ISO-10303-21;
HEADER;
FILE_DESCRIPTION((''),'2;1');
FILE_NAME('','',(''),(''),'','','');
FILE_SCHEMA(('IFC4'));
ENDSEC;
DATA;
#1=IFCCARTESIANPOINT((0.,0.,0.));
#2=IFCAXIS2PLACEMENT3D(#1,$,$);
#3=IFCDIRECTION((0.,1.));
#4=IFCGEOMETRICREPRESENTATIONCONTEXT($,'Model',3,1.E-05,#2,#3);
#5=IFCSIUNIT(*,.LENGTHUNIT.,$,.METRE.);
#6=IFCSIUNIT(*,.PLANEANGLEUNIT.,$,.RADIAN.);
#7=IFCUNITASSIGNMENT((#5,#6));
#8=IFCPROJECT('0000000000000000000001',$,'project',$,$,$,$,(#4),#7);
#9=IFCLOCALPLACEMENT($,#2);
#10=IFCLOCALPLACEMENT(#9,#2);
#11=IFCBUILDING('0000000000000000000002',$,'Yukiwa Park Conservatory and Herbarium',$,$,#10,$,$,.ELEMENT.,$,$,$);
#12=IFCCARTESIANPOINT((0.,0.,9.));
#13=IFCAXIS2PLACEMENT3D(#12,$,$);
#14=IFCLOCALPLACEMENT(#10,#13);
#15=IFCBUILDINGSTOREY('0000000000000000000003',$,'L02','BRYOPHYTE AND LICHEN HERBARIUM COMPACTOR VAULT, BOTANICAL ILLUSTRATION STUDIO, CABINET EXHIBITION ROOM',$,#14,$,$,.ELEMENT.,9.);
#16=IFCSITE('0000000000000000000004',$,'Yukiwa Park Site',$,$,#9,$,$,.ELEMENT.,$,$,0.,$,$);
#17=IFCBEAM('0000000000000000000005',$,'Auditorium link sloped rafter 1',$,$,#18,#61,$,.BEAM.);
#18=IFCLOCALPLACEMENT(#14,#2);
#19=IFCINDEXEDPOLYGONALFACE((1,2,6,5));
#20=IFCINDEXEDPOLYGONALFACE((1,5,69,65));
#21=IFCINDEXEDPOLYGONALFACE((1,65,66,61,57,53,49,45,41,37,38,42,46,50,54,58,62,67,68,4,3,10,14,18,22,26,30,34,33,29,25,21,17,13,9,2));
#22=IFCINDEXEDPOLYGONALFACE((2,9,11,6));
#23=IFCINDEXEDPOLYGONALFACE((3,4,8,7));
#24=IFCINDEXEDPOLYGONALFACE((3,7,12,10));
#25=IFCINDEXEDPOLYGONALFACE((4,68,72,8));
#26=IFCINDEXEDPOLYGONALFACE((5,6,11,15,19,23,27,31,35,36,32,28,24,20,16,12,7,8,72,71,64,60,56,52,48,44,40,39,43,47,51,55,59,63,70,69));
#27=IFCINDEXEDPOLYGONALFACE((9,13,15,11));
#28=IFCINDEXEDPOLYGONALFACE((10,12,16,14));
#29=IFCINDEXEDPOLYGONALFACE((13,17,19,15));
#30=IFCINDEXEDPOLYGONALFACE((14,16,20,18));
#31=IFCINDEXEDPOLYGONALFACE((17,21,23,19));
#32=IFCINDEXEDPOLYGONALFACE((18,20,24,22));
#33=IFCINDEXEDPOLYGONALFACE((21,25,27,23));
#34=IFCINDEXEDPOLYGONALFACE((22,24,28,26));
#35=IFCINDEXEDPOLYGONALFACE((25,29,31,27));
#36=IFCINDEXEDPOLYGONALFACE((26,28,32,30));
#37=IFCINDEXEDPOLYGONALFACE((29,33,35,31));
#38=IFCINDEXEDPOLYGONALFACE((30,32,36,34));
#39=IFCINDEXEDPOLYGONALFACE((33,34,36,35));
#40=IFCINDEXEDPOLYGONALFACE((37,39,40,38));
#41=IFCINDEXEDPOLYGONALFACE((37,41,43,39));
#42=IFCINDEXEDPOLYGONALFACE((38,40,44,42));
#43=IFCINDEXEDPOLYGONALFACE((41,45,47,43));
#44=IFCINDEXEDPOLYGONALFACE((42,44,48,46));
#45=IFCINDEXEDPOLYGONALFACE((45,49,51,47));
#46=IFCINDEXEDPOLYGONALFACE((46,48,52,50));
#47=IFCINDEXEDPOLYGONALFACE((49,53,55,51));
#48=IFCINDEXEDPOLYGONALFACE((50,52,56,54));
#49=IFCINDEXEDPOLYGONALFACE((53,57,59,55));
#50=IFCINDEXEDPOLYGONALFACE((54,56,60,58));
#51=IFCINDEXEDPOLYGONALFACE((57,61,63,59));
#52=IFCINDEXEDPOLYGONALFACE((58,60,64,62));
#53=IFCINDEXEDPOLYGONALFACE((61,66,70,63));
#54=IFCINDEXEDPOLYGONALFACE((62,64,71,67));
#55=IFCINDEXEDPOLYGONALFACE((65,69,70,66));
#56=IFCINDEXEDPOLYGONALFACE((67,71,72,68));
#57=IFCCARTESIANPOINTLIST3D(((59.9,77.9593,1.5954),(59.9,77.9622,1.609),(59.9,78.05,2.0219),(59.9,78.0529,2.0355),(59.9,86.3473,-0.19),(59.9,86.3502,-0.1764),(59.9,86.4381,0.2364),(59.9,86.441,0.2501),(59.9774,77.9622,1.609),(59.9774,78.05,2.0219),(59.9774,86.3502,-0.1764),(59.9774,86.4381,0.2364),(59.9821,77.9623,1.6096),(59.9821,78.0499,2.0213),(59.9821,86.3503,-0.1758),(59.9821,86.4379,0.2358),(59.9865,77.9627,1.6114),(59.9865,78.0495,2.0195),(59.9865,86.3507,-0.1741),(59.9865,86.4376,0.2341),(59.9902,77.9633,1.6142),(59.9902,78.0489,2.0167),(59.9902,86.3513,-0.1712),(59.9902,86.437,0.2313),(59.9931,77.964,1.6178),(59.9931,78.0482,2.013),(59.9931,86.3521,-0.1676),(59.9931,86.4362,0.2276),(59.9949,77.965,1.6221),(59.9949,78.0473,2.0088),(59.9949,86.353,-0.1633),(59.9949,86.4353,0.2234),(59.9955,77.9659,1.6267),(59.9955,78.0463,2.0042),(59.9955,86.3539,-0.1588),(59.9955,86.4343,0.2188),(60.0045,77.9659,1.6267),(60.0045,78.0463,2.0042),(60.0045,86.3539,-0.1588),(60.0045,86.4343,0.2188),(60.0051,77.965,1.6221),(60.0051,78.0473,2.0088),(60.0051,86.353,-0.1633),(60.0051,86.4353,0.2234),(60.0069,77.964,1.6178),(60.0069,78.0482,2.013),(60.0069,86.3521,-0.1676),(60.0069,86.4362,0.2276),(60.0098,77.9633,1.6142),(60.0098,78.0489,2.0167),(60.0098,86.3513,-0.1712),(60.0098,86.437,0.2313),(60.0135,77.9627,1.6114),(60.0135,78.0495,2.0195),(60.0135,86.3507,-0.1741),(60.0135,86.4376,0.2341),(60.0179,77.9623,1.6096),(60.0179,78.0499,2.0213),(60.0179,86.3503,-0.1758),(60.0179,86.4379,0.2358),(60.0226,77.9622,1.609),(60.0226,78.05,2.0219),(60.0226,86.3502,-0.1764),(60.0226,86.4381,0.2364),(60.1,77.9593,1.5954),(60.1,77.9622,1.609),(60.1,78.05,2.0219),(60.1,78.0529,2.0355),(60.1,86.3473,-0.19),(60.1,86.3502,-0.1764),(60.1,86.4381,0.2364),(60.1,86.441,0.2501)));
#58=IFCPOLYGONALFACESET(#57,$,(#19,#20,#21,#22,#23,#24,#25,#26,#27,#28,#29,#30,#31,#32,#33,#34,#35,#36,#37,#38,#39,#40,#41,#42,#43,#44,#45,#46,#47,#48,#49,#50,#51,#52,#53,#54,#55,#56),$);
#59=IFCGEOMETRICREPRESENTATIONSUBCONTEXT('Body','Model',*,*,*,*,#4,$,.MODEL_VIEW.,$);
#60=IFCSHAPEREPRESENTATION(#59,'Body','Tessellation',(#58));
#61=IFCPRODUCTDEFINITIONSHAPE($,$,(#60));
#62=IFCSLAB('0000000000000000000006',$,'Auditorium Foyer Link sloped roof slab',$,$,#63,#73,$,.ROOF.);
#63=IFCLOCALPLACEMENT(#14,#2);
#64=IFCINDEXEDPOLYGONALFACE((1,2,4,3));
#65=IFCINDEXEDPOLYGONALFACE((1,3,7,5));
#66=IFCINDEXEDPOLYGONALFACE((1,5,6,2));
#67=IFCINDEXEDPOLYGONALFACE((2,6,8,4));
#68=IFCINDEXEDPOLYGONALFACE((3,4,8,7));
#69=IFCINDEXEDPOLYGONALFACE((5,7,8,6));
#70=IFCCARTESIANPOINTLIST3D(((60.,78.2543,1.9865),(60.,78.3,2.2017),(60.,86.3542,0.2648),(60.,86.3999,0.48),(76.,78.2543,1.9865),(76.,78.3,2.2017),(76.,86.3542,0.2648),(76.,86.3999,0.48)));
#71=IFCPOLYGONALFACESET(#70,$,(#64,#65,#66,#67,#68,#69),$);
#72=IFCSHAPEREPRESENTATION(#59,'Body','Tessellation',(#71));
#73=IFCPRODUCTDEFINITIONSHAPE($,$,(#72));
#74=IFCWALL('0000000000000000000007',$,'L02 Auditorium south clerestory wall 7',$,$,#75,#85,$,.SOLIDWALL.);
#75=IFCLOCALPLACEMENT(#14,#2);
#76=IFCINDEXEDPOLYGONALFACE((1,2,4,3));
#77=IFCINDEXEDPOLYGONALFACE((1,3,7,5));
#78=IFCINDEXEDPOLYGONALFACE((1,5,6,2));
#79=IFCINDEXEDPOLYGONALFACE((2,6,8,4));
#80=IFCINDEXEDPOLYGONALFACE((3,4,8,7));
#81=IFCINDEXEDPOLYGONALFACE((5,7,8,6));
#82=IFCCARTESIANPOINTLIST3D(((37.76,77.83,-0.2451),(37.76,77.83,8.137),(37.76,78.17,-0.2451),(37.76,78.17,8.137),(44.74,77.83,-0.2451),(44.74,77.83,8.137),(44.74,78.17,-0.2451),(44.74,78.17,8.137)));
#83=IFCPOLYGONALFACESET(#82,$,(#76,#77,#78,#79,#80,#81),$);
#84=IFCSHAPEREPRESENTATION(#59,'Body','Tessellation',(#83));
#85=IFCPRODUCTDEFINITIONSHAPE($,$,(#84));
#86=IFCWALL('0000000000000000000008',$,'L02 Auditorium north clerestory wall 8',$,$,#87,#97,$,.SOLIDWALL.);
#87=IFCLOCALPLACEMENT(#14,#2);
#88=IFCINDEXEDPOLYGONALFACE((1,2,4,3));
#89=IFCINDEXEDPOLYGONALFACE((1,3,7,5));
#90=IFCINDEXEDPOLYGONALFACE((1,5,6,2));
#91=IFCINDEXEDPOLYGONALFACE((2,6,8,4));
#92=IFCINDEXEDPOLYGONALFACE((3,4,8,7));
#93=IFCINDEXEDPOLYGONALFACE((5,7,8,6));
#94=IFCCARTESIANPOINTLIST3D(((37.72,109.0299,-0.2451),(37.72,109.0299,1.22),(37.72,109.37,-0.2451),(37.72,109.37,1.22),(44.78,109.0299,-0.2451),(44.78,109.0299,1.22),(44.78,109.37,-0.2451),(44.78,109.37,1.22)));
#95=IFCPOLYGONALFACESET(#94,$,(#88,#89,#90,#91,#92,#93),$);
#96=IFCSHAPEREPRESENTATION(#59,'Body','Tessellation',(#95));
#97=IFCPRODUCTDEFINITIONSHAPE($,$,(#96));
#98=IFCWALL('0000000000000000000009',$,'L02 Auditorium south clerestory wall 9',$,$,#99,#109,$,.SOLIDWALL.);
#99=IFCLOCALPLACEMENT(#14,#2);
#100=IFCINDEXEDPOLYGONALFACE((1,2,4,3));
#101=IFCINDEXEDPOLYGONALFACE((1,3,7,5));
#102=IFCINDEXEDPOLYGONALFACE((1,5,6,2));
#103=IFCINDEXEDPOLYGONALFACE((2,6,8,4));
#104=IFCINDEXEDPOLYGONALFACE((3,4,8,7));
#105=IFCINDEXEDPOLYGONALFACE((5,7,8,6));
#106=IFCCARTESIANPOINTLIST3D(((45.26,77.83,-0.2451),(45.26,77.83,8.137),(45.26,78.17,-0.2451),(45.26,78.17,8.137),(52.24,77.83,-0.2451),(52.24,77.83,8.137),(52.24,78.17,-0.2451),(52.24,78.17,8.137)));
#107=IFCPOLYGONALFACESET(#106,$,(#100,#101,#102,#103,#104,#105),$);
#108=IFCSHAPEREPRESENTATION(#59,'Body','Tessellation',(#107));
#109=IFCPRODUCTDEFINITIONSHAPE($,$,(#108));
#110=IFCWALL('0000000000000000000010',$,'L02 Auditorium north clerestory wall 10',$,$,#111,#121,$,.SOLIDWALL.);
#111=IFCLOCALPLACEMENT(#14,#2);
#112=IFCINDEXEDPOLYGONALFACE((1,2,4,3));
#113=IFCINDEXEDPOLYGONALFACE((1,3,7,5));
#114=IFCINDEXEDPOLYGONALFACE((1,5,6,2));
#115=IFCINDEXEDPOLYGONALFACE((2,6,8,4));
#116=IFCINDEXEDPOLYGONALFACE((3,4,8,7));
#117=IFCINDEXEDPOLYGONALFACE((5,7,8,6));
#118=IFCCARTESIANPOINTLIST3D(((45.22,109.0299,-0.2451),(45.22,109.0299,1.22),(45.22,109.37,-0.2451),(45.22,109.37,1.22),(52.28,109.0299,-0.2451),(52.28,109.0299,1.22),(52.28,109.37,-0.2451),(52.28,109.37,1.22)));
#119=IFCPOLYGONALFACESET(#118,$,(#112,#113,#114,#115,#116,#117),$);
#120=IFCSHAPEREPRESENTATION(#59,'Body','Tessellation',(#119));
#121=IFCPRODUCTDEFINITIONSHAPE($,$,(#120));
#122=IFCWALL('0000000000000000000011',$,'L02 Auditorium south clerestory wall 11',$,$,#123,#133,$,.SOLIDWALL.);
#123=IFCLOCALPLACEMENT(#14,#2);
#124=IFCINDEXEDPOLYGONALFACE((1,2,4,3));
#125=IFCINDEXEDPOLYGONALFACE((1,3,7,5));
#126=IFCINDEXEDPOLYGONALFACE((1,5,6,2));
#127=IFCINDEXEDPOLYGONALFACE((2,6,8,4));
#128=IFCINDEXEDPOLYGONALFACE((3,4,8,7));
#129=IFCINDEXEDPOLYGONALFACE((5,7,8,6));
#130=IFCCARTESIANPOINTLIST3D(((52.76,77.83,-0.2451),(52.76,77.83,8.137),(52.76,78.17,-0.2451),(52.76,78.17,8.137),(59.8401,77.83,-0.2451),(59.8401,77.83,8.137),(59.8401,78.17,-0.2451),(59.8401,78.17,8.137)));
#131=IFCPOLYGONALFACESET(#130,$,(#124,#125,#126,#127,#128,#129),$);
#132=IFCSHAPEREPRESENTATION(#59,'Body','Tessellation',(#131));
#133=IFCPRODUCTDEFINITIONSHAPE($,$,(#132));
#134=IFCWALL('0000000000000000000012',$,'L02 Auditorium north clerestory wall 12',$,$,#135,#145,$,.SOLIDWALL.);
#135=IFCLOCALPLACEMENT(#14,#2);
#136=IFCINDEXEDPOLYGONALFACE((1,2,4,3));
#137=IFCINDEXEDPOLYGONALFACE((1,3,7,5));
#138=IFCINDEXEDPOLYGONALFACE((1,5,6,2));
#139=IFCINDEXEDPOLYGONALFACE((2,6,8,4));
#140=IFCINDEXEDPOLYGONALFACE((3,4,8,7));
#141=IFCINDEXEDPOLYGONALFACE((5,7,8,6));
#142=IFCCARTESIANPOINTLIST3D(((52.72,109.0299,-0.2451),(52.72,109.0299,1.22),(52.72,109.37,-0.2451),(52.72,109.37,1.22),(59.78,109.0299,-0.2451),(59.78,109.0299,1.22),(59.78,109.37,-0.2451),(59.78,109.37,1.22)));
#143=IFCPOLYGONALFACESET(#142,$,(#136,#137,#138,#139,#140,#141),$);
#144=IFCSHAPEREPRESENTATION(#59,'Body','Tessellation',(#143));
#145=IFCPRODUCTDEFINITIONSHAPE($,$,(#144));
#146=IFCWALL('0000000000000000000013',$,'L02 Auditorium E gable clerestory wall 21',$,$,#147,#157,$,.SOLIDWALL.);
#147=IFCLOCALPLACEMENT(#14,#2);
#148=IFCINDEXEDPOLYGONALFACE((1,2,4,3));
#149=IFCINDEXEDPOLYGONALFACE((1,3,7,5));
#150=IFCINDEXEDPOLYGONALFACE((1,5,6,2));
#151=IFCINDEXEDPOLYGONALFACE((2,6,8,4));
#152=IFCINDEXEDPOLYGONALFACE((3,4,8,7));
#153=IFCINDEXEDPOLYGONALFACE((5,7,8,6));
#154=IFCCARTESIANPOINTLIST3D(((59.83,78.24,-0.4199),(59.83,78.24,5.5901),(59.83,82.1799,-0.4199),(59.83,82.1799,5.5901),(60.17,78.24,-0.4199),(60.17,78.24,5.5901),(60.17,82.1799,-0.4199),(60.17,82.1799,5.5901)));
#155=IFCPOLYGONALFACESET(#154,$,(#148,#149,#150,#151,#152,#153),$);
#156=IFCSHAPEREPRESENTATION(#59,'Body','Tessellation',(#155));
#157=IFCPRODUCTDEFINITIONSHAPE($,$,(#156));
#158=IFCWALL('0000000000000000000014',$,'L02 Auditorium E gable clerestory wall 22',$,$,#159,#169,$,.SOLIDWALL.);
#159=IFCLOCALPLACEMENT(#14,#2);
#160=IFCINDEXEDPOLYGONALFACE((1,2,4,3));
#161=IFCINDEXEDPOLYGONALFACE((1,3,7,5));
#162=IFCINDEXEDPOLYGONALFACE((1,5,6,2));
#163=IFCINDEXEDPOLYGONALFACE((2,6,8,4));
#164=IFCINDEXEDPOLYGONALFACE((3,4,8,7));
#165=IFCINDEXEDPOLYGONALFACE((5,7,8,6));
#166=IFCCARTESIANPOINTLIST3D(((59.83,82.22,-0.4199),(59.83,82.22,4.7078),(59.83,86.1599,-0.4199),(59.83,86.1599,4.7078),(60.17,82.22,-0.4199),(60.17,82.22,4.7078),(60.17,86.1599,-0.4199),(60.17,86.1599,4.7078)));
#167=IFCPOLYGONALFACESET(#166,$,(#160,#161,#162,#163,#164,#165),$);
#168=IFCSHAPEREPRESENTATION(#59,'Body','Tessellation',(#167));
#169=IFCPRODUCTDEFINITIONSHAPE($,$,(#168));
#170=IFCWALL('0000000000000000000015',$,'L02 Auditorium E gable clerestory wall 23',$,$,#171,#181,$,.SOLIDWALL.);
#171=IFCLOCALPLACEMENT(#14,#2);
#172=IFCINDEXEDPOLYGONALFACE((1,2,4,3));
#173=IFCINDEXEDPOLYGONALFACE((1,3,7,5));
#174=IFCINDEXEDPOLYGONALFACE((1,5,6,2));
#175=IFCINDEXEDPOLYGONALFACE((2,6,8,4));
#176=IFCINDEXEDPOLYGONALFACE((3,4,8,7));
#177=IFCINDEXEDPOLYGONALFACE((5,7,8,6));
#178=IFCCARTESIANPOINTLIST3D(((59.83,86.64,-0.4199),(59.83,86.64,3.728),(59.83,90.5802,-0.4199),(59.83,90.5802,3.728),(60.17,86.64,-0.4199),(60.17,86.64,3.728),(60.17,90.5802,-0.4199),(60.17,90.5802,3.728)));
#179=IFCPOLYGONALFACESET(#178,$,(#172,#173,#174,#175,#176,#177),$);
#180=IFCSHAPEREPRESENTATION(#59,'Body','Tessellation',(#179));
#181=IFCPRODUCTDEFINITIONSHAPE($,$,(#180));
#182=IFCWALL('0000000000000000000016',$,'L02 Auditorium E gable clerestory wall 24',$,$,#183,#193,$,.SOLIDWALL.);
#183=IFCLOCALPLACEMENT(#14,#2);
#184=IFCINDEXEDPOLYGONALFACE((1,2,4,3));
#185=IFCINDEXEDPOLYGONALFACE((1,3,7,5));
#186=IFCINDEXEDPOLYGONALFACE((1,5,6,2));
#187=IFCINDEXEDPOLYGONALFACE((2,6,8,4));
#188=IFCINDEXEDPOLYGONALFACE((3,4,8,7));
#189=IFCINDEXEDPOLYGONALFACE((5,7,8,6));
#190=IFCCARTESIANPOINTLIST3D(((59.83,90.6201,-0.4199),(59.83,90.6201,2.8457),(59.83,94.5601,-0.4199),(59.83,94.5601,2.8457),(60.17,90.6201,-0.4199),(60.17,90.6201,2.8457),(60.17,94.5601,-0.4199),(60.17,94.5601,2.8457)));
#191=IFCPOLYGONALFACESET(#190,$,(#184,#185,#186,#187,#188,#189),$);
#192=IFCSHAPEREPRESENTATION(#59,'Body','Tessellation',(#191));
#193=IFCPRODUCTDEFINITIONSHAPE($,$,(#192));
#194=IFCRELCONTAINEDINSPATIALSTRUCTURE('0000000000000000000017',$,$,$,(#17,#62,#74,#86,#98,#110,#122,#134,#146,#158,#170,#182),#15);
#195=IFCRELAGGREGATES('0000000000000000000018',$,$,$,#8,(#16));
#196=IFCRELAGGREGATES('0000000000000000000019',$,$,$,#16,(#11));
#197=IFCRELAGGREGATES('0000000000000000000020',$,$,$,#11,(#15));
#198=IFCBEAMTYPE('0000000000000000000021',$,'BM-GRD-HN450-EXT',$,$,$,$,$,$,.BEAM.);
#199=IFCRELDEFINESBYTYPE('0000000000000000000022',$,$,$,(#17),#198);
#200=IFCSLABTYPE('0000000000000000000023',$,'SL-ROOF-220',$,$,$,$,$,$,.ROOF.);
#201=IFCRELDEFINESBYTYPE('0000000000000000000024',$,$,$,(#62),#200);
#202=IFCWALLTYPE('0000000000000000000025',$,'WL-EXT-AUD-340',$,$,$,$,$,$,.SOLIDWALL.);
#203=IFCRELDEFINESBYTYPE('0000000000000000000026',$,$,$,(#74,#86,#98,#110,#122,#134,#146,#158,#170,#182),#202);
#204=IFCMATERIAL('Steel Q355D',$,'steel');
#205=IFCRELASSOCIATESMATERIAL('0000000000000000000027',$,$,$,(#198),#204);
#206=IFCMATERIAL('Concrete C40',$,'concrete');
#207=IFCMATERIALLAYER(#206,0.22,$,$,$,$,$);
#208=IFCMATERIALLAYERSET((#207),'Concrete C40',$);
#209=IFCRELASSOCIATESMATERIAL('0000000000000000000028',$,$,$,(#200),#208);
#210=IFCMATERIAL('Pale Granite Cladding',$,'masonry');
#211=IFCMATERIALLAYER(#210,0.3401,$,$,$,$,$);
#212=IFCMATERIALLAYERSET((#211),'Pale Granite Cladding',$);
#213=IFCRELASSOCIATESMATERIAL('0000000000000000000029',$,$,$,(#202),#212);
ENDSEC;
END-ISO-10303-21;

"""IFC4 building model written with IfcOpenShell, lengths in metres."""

from ifc_helpers import new_model, si_unit, direction, frame, frame_2d, origin, origin_2d, place, context, subcontext, project, spatial, polyline, rectangle, i_section, outline, extrude, material, layer, layer_set, material_profile, profile_set, type_object, element, save


model = new_model("IFC4")

# Units and contexts
model_context = context("Model", 3, precision=1e-05, world=origin(), true_north=direction((0.0, 1.0)))
body_context = subcontext(model_context, "Body", "Model", "MODEL_VIEW")
ifc_project = project(units=[si_unit("LENGTHUNIT", "METRE"), si_unit("PLANEANGLEUNIT", "RADIAN")], contexts=[model_context])

# Site, building, storey
site_placement = place(None, origin())
site = spatial("IfcSite", under=ifc_project, at=site_placement, Name="Yukiwa Park Site", CompositionType="ELEMENT", RefElevation=0.0)
building_placement = place(site_placement, origin())
building = spatial("IfcBuilding", under=site, at=building_placement, Name="Yukiwa Park Conservatory and Herbarium", CompositionType="ELEMENT")
storey_placement = place(building_placement, frame((0.0, 0.0, 9.0)))
storey = spatial("IfcBuildingStorey", under=building, at=storey_placement, Name="L02", Description="BRYOPHYTE AND LICHEN HERBARIUM COMPACTOR VAULT, BOTANICAL ILLUSTRATION STUDIO, CABINET EXHIBITION ROOM", CompositionType="ELEMENT", Elevation=9.0)

# Beam
ifc_material_1 = material(Name="Steel Q355D", Category="steel")
ifc_material_profile_1 = material_profile(ifc_material_1, i_section(OverallWidth=0.2, OverallDepth=0.45, WebThickness=0.009, FlangeThickness=0.0139, FilletRadius=0.0181, at=origin_2d()), Name="HN 450x200x9x14")
ifc_profile_set_1 = profile_set([ifc_material_profile_1], Name="Steel Q355D")
beam_type_1 = type_object("IfcBeamType", Name="BM-GRD-HN450-EXT", PredefinedType="BEAM", material=ifc_profile_set_1)
beam_1_placement = place(storey_placement, frame((60.0, 78.0061, 1.8154), z_axis=(0.0, 0.978089, -0.208189), x_axis=(-1.0, 0.0, 0.0)))
element("IfcBeam", 1, at=beam_1_placement, inside=storey, type_object=beam_type_1, Name="Auditorium link sloped rafter 1", PredefinedType="BEAM", context=body_context, shape_type="SweptSolid", body=[
    extrude(i_section(OverallWidth=0.2, OverallDepth=0.45, WebThickness=0.009, FlangeThickness=0.0139, FilletRadius=0.0181, at=origin_2d()), origin(), (0.0, 0.0, 1.0), 8.5759),
])

# Slab
ifc_material_2 = material(Name="Concrete C40", Category="concrete")
ifc_layer_1 = layer(ifc_material_2, 0.22)
ifc_layer_set_1 = layer_set([ifc_layer_1], Name="Concrete C40")
slab_type = type_object("IfcSlabType", Name="SL-ROOF-220", PredefinedType="ROOF", material=ifc_layer_set_1)
slab_placement = place(storey_placement, frame((60.0, 78.3, 2.2017), z_axis=(0.0, 0.207912, 0.978148), x_axis=(1.0, 0.0, 0.0)))
element("IfcSlab", 2, at=slab_placement, inside=storey, type_object=slab_type, Name="Auditorium Foyer Link sloped roof slab", PredefinedType="ROOF", context=body_context, shape_type="SweptSolid", body=[
    extrude(outline(polyline([(0.0, 0.0), (16.0, 0.0), (16.0, 8.2808), (0.0, 8.2808), (0.0, 0.0)])), origin(), (0.0, 0.0, -1.0), 0.22),
])

# Walls
ifc_material_3 = material(Name="Pale Granite Cladding", Category="masonry")
ifc_layer_2 = layer(ifc_material_3, 0.3401)
ifc_layer_set_2 = layer_set([ifc_layer_2], Name="Pale Granite Cladding")
wall_type = type_object("IfcWallType", Name="WL-EXT-AUD-340", PredefinedType="SOLIDWALL", material=ifc_layer_set_2)
wall_1_placement = place(storey_placement, frame((37.76, 78.0, -0.2451), z_axis=(0.0, 0.0, 1.0), x_axis=(1.0, 0.0, 0.0)))
element("IfcWall", 3, at=wall_1_placement, inside=storey, type_object=wall_type, Name="L02 Auditorium south clerestory wall 7", PredefinedType="SOLIDWALL", context=body_context, shape_type="SweptSolid", body=[
    extrude(rectangle(XDim=6.98, YDim=0.3401, at=frame_2d((3.49, 0.0))), origin(), (0.0, 0.0, 1.0), 8.3821),
])
wall_2_placement = place(storey_placement, frame((44.78, 109.2, -0.2451), z_axis=(0.0, 0.0, 1.0), x_axis=(-1.0, 0.0, 0.0)))
element("IfcWall", 4, at=wall_2_placement, inside=storey, type_object=wall_type, Name="L02 Auditorium north clerestory wall 8", PredefinedType="SOLIDWALL", context=body_context, shape_type="SweptSolid", body=[
    extrude(rectangle(XDim=7.0601, YDim=0.3401, at=frame_2d((3.53, 0.0))), origin(), (0.0, 0.0, 1.0), 1.4651),
])
wall_3_placement = place(storey_placement, frame((45.26, 78.0, -0.2451), z_axis=(0.0, 0.0, 1.0), x_axis=(1.0, 0.0, 0.0)))
element("IfcWall", 5, at=wall_3_placement, inside=storey, type_object=wall_type, Name="L02 Auditorium south clerestory wall 9", PredefinedType="SOLIDWALL", context=body_context, shape_type="SweptSolid", body=[
    extrude(rectangle(XDim=6.98, YDim=0.3401, at=frame_2d((3.49, 0.0))), origin(), (0.0, 0.0, 1.0), 8.3821),
])
wall_4_placement = place(storey_placement, frame((52.28, 109.2, -0.2451), z_axis=(0.0, 0.0, 1.0), x_axis=(-1.0, 0.0, 0.0)))
element("IfcWall", 6, at=wall_4_placement, inside=storey, type_object=wall_type, Name="L02 Auditorium north clerestory wall 10", PredefinedType="SOLIDWALL", context=body_context, shape_type="SweptSolid", body=[
    extrude(rectangle(XDim=7.0601, YDim=0.3401, at=frame_2d((3.53, 0.0))), origin(), (0.0, 0.0, 1.0), 1.4651),
])
wall_5_placement = place(storey_placement, frame((52.76, 78.0, -0.2451), z_axis=(0.0, 0.0, 1.0), x_axis=(1.0, 0.0, 0.0)))
element("IfcWall", 7, at=wall_5_placement, inside=storey, type_object=wall_type, Name="L02 Auditorium south clerestory wall 11", PredefinedType="SOLIDWALL", context=body_context, shape_type="SweptSolid", body=[
    extrude(rectangle(XDim=7.0801, YDim=0.3401, at=frame_2d((3.54, 0.0))), origin(), (0.0, 0.0, 1.0), 8.3821),
])
wall_6_placement = place(storey_placement, frame((59.78, 109.2, -0.2451), z_axis=(0.0, 0.0, 1.0), x_axis=(-1.0, 0.0, 0.0)))
element("IfcWall", 8, at=wall_6_placement, inside=storey, type_object=wall_type, Name="L02 Auditorium north clerestory wall 12", PredefinedType="SOLIDWALL", context=body_context, shape_type="SweptSolid", body=[
    extrude(rectangle(XDim=7.0601, YDim=0.3401, at=frame_2d((3.53, 0.0))), origin(), (0.0, 0.0, 1.0), 1.4651),
])
wall_7_placement = place(storey_placement, frame((60.0, 78.24, -0.4199), z_axis=(0.0, 0.0, 1.0), x_axis=(0.0, 1.0, 0.0)))
element("IfcWall", 9, at=wall_7_placement, inside=storey, type_object=wall_type, Name="L02 Auditorium E gable clerestory wall 21", PredefinedType="SOLIDWALL", context=body_context, shape_type="SweptSolid", body=[
    extrude(rectangle(XDim=3.9399, YDim=0.3401, at=frame_2d((1.97, 0.0))), origin(), (0.0, 0.0, 1.0), 6.01),
])
wall_8_placement = place(storey_placement, frame((60.0, 82.22, -0.4199), z_axis=(0.0, 0.0, 1.0), x_axis=(0.0, 1.0, 0.0)))
element("IfcWall", 10, at=wall_8_placement, inside=storey, type_object=wall_type, Name="L02 Auditorium E gable clerestory wall 22", PredefinedType="SOLIDWALL", context=body_context, shape_type="SweptSolid", body=[
    extrude(rectangle(XDim=3.9399, YDim=0.3401, at=frame_2d((1.97, 0.0))), origin(), (0.0, 0.0, 1.0), 5.1277),
])
wall_9_placement = place(storey_placement, frame((60.0, 86.6399, -0.4199), z_axis=(0.0, 0.0, 1.0), x_axis=(0.0, 1.0, 0.0)))
element("IfcWall", 11, at=wall_9_placement, inside=storey, type_object=wall_type, Name="L02 Auditorium E gable clerestory wall 23", PredefinedType="SOLIDWALL", context=body_context, shape_type="SweptSolid", body=[
    extrude(rectangle(XDim=3.9402, YDim=0.3401, at=frame_2d((1.9702, 0.0))), origin(), (0.0, 0.0, 1.0), 4.1479),
])
wall_10_placement = place(storey_placement, frame((60.0, 90.6201, -0.4199), z_axis=(0.0, 0.0, 1.0), x_axis=(0.0, 1.0, 0.0)))
element("IfcWall", 12, at=wall_10_placement, inside=storey, type_object=wall_type, Name="L02 Auditorium E gable clerestory wall 24", PredefinedType="SOLIDWALL", context=body_context, shape_type="SweptSolid", body=[
    extrude(rectangle(XDim=3.9399, YDim=0.3401, at=frame_2d((1.97, 0.0))), origin(), (0.0, 0.0, 1.0), 3.2656),
])

save(model, "model.ifc")
